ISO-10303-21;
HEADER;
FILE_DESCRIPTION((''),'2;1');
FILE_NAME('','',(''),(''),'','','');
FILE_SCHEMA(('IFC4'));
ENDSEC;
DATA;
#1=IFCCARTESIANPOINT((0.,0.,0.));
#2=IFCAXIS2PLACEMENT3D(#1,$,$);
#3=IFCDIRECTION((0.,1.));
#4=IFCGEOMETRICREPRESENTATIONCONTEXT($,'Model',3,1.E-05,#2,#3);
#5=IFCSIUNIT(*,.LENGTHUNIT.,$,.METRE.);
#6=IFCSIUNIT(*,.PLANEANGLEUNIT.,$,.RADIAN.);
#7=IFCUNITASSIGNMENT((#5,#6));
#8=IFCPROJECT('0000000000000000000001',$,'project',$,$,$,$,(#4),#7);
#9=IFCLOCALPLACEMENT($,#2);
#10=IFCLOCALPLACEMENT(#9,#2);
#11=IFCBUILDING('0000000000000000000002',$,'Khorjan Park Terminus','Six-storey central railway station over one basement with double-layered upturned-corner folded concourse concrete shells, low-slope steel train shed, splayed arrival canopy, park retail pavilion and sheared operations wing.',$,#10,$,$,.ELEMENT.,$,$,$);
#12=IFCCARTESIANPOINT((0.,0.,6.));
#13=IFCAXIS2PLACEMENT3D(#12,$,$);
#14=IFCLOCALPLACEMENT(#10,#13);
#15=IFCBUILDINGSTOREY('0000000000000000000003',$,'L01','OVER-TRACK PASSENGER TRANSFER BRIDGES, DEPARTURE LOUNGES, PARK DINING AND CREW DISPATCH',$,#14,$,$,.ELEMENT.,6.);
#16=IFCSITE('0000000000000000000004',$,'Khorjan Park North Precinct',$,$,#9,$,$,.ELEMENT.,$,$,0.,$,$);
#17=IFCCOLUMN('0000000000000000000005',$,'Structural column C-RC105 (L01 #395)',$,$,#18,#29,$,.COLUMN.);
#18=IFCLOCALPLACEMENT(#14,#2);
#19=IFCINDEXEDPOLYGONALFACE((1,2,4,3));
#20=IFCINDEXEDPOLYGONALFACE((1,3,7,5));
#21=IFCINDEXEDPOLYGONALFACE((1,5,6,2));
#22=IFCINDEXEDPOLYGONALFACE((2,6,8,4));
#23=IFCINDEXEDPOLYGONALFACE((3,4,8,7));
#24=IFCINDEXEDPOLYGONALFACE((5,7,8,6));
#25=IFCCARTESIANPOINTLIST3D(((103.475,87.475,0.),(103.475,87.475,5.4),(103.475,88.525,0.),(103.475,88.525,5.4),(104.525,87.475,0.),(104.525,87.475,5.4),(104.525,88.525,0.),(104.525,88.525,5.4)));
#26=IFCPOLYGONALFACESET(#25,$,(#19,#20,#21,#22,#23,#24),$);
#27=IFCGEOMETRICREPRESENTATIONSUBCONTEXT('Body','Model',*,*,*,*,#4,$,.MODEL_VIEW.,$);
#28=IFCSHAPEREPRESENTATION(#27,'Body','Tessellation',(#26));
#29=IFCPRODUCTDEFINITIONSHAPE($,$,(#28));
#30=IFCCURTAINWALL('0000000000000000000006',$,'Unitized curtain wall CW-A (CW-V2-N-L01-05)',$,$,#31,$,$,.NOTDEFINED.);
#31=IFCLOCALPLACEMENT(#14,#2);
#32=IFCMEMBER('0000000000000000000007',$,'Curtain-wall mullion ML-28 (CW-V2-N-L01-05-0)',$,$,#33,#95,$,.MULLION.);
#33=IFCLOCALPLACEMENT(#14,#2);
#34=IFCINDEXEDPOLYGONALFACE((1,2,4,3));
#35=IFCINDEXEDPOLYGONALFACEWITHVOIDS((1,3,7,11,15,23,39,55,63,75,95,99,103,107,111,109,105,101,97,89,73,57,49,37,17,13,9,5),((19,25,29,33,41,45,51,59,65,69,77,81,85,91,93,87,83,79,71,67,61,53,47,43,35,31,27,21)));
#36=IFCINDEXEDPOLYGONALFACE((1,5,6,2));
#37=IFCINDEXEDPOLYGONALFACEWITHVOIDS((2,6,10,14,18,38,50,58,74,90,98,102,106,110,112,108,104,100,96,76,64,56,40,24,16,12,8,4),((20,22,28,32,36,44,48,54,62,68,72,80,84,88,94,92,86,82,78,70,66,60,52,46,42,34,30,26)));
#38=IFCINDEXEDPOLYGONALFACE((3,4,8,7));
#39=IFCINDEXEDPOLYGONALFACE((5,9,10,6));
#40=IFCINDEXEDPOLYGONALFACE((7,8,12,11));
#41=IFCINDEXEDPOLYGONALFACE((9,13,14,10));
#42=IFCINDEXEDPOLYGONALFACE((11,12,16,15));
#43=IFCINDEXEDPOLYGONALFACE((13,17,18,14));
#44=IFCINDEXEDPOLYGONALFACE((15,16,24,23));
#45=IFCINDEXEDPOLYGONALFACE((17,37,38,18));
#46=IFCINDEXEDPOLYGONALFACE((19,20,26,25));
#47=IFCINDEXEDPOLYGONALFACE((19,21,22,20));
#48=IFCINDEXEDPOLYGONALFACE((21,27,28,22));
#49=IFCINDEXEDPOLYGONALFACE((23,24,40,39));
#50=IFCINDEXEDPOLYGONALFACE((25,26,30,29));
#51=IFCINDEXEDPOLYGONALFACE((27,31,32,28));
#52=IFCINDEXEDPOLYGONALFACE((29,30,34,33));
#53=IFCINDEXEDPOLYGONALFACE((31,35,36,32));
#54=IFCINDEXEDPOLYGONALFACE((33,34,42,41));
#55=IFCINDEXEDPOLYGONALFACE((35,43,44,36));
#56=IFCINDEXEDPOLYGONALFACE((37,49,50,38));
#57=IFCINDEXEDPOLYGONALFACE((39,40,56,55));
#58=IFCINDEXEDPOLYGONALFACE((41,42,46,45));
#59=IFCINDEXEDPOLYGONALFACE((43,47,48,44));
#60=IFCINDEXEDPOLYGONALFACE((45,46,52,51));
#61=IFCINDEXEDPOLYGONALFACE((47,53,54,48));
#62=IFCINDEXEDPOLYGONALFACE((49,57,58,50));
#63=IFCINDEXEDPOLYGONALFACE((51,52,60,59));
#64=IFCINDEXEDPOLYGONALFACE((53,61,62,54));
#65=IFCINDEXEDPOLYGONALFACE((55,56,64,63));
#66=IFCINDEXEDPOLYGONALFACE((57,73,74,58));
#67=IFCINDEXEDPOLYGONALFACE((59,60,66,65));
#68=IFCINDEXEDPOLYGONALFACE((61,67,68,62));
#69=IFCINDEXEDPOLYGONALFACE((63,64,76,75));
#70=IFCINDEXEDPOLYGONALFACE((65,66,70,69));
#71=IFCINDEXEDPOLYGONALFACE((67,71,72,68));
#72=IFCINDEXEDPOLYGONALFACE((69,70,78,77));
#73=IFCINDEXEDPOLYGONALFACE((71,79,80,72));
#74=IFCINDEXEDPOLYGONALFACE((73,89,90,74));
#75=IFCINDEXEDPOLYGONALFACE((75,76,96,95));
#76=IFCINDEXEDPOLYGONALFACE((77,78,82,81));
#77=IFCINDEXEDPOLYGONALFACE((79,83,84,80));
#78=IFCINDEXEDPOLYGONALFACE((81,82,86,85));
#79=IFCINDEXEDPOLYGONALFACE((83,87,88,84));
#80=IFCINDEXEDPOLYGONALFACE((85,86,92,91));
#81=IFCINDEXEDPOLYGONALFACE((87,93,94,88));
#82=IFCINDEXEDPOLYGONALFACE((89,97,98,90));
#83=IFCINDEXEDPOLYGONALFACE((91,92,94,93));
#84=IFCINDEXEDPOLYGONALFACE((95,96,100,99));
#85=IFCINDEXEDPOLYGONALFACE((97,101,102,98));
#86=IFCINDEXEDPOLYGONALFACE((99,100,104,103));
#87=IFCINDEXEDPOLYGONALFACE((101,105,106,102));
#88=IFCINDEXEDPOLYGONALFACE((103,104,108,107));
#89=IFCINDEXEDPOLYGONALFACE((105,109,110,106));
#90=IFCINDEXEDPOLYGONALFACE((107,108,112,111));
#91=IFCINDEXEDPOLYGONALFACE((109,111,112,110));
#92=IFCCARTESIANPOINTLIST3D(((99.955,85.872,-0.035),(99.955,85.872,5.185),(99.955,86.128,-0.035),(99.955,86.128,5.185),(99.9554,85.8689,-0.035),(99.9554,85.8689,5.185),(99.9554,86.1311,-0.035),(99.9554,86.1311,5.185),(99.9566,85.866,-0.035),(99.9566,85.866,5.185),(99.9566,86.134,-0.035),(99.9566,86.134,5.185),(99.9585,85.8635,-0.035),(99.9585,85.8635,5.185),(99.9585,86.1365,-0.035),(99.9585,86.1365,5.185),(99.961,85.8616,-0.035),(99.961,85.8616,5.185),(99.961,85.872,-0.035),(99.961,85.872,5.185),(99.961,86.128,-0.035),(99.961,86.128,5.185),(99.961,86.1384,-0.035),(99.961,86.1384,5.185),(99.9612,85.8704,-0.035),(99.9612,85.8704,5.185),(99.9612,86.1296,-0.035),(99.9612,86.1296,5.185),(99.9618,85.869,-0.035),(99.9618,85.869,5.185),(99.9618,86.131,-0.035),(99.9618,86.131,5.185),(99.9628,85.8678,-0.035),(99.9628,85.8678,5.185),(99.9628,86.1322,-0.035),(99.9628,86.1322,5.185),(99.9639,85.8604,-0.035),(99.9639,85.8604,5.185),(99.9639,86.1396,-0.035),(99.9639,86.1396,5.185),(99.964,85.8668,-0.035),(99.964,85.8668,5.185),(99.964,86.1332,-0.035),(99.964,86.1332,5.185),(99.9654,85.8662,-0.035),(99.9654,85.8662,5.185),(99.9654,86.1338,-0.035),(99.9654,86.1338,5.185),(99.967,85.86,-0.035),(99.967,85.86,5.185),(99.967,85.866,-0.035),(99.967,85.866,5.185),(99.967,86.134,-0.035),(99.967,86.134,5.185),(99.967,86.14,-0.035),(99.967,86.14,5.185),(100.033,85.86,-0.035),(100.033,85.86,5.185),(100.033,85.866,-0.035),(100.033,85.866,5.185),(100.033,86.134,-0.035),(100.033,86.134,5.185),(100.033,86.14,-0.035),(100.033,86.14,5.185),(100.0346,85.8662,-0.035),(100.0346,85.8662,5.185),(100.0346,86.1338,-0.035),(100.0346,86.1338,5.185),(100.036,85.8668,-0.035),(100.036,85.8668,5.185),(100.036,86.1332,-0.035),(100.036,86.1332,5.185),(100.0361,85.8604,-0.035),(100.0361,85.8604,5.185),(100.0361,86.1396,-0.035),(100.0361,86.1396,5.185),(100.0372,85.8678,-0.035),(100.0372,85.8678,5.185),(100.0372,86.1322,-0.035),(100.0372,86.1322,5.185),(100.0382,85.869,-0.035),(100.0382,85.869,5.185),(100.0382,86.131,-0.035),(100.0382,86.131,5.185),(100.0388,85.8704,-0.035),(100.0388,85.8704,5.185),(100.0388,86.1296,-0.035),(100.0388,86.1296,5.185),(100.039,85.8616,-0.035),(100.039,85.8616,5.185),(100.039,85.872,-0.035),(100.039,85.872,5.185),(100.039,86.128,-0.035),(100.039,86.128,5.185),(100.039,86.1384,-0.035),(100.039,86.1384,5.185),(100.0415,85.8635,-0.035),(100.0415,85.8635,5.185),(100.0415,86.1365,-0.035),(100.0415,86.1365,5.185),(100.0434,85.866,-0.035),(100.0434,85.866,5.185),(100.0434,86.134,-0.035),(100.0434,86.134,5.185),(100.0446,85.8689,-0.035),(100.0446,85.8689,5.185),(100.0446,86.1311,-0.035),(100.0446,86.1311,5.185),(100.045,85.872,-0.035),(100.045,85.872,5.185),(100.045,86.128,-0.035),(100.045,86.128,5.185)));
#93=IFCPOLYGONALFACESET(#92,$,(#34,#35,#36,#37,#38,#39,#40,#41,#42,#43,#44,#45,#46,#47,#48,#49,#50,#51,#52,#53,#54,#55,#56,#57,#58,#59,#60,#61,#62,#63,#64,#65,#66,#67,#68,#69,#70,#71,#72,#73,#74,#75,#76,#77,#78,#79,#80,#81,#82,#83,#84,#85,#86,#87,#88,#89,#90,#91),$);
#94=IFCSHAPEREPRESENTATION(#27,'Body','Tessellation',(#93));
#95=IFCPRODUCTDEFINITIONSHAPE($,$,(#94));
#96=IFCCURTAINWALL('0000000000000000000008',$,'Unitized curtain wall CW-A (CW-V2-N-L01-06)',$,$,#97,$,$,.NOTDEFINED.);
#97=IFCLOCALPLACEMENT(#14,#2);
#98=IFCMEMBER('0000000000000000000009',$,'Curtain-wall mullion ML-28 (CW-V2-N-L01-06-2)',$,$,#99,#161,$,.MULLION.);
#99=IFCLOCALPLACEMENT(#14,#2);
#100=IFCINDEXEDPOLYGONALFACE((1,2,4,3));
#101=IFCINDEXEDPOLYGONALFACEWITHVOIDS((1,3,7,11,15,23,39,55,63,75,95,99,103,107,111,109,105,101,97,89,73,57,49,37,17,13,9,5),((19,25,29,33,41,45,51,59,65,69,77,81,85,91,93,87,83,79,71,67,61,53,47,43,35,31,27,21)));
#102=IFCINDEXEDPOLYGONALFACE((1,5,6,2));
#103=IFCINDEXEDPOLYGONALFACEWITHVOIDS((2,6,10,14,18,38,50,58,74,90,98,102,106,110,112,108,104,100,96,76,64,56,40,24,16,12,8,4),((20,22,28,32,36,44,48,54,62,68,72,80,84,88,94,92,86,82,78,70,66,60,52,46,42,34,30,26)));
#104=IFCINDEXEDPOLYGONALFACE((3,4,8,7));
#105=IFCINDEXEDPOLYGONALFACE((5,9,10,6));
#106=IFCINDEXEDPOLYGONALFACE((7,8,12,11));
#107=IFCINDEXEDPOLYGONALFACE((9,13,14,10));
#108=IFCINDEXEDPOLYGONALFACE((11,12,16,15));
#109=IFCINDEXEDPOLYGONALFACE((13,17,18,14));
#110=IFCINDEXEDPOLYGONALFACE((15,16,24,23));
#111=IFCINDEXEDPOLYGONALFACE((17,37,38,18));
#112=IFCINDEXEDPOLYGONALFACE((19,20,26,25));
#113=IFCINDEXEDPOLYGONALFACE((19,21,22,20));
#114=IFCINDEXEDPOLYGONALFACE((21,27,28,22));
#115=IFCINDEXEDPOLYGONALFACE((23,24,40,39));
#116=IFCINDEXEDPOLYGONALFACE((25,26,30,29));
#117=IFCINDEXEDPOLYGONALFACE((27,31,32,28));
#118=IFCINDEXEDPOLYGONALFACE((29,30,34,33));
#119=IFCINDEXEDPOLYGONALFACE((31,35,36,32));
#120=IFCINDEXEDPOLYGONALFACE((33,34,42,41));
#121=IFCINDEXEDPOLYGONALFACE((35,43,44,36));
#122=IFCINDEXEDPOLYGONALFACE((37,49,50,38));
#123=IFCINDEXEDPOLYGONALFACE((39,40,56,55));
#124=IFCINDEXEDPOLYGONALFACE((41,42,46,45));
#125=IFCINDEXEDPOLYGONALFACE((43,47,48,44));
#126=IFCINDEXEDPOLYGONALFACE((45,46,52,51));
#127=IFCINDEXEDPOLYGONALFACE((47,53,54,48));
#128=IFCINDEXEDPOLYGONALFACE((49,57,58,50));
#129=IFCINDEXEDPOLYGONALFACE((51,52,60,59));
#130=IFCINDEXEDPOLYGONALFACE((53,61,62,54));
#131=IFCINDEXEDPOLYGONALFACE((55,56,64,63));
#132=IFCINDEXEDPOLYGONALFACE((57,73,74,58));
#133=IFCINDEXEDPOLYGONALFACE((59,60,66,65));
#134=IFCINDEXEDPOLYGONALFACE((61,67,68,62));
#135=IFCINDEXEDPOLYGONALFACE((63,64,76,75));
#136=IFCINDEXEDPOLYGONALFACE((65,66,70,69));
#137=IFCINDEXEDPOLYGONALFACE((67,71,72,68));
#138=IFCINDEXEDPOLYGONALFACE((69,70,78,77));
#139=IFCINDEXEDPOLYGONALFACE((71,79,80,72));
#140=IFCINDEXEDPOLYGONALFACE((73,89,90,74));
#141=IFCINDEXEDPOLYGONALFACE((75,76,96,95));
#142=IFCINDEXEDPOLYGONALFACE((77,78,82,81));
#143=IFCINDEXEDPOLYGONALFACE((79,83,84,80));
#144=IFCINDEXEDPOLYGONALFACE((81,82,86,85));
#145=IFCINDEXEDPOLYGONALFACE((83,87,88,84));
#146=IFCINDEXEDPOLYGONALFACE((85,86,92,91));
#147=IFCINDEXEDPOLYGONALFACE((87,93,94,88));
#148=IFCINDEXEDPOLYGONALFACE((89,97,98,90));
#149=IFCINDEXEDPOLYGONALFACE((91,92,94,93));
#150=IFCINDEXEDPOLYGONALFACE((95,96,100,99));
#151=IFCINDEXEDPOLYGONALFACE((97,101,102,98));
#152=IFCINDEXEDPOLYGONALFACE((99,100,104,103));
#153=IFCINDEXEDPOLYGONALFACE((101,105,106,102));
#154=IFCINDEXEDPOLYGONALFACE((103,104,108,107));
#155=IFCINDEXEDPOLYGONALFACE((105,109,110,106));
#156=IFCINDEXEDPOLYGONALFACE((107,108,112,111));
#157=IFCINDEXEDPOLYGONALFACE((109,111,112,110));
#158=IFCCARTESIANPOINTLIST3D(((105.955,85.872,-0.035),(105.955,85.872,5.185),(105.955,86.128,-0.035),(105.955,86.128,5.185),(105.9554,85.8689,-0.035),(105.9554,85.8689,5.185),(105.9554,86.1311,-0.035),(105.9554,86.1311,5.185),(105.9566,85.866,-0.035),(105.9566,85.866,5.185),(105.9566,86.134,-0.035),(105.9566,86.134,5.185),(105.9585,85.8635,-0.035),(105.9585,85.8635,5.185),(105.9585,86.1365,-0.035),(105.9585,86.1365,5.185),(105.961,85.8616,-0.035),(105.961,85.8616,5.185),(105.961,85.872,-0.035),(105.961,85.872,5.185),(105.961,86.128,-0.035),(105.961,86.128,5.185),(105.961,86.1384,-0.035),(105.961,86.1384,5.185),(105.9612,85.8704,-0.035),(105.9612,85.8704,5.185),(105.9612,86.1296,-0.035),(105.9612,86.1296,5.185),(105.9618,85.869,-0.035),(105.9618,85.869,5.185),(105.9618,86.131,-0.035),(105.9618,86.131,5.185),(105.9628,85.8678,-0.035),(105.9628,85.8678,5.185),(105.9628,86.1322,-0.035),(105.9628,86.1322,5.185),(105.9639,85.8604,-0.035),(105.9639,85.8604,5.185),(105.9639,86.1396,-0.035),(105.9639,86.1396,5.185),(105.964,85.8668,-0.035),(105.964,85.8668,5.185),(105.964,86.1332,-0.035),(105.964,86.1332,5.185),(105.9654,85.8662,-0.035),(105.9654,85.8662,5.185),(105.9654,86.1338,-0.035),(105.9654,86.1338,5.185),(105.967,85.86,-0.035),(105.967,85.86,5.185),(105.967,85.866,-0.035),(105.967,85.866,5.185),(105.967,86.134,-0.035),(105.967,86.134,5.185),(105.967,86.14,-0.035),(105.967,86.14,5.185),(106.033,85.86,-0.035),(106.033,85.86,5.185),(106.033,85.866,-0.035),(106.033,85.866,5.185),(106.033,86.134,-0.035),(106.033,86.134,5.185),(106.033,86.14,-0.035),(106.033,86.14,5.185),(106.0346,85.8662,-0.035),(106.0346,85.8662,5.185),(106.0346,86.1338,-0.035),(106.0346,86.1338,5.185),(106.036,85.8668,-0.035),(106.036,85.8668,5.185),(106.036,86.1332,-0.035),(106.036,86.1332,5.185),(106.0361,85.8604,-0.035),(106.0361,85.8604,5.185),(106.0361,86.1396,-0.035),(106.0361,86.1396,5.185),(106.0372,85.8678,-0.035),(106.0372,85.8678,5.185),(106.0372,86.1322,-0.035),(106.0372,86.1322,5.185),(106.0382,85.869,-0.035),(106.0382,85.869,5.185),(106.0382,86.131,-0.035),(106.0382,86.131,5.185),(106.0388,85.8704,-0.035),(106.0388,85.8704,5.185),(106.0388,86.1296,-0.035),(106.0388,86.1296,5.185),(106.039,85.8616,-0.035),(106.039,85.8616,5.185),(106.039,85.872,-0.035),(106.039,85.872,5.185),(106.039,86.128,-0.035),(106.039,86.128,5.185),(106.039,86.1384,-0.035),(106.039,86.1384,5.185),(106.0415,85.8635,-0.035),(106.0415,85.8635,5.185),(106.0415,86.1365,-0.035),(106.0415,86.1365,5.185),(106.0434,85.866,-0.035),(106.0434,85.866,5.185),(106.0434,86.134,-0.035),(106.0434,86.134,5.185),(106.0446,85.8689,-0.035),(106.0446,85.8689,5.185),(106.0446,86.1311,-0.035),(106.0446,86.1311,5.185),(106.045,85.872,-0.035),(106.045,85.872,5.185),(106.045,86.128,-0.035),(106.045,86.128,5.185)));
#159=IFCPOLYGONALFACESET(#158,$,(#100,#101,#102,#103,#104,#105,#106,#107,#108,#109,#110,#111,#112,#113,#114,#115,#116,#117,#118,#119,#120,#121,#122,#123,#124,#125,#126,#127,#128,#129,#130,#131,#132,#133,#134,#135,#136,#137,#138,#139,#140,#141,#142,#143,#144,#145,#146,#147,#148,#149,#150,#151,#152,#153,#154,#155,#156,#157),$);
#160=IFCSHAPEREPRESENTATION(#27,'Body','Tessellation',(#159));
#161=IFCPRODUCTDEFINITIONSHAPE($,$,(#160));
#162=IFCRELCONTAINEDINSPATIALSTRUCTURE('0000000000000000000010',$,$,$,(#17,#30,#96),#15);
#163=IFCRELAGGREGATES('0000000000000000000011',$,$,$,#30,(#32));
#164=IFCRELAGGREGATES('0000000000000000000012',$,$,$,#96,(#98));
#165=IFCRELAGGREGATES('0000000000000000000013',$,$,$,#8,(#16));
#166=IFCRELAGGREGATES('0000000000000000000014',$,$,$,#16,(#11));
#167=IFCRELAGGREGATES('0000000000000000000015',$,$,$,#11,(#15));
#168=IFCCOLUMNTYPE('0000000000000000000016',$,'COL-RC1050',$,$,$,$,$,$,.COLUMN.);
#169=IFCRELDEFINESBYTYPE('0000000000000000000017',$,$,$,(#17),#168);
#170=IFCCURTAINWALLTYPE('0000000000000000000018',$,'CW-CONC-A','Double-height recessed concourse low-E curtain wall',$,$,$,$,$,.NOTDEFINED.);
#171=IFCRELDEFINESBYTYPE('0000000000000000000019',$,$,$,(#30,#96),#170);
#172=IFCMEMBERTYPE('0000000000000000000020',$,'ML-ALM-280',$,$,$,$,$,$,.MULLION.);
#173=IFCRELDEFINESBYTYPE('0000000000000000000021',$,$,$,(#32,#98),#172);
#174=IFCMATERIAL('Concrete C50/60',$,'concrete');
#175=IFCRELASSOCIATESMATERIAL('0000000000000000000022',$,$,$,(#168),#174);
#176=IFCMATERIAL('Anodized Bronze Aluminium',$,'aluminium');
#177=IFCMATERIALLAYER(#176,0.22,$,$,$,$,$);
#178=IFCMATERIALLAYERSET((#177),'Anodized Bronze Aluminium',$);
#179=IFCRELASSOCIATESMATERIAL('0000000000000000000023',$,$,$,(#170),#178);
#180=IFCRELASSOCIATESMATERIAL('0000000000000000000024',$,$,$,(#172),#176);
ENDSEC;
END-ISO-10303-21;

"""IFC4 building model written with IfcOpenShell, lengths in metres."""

from ifc_helpers import new_model, si_unit, direction, frame, origin, origin_2d, place, context, subcontext, project, spatial, rectangle, hollow_rectangle, extrude, material, layer, layer_set, material_profile, profile_set, type_object, element, aggregate, save


model = new_model("IFC4")

# Units and contexts
model_context = context("Model", 3, precision=1e-05, world=origin(), true_north=direction((0.0, 1.0)))
body_context = subcontext(model_context, "Body", "Model", "MODEL_VIEW")
ifc_project = project(units=[si_unit("LENGTHUNIT", "METRE"), si_unit("PLANEANGLEUNIT", "RADIAN")], contexts=[model_context])

# Site, building, storey
site_placement = place(None, origin())
site = spatial("IfcSite", under=ifc_project, at=site_placement, Name="Khorjan Park North Precinct", CompositionType="ELEMENT", RefElevation=0.0)
building_placement = place(site_placement, origin())
building = spatial("IfcBuilding", under=site, at=building_placement, Name="Khorjan Park Terminus", Description="Six-storey central railway station over one basement with double-layered upturned-corner folded concourse concrete shells, low-slope steel train shed, splayed arrival canopy, park retail pavilion and sheared operations wing.", CompositionType="ELEMENT")
storey_placement = place(building_placement, frame((0.0, 0.0, 6.0)))
storey = spatial("IfcBuildingStorey", under=building, at=storey_placement, Name="L01", Description="OVER-TRACK PASSENGER TRANSFER BRIDGES, DEPARTURE LOUNGES, PARK DINING AND CREW DISPATCH", CompositionType="ELEMENT", Elevation=6.0)

# Column
ifc_material_1 = material(Name="Concrete C50/60", Category="concrete")
ifc_material_profile_1 = material_profile(ifc_material_1, rectangle(XDim=1.05, YDim=1.05, at=origin_2d()), Name="RC 1050x1050")
ifc_profile_set_1 = profile_set([ifc_material_profile_1], Name="Concrete C50/60")
column_type = type_object("IfcColumnType", Name="COL-RC1050", PredefinedType="COLUMN", material=ifc_profile_set_1)
column_placement = place(storey_placement, frame((104.0, 88.0, 0.0), z_axis=(0.0, 0.0, 1.0), x_axis=(1.0, 0.0, 0.0)))
element("IfcColumn", 1, at=column_placement, inside=storey, type_object=column_type, Name="Structural column C-RC105 (L01 #395)", PredefinedType="COLUMN", context=body_context, shape_type="SweptSolid", body=[
    extrude(rectangle(XDim=1.05, YDim=1.05, at=origin_2d()), origin(), (0.0, 0.0, 1.0), 5.4),
])

# Curtain wall, member
ifc_material_2 = material(Name="Anodized Bronze Aluminium", Category="aluminium")
ifc_layer_1 = layer(ifc_material_2, 0.22)
ifc_layer_set_1 = layer_set([ifc_layer_1], Name="Anodized Bronze Aluminium")
curtain_wall_type = type_object("IfcCurtainWallType", Name="CW-CONC-A", Description="Double-height recessed concourse low-E curtain wall", PredefinedType="NOTDEFINED", material=ifc_layer_set_1)
curtain_wall_1_placement = place(storey_placement, origin())
curtain_wall_1 = element("IfcCurtainWall", 2, at=curtain_wall_1_placement, inside=storey, type_object=curtain_wall_type, Name="Unitized curtain wall CW-A (CW-V2-N-L01-05)", PredefinedType="NOTDEFINED")
ifc_material_profile_2 = material_profile(ifc_material_2, hollow_rectangle(XDim=0.09, YDim=0.28, WallThickness=0.006, InnerFilletRadius=0.006, OuterFilletRadius=0.012, at=origin_2d()), Name="ALM 90x280x6")
ifc_profile_set_2 = profile_set([ifc_material_profile_2], Name="Anodized Bronze Aluminium")
member_type_1 = type_object("IfcMemberType", Name="ML-ALM-280", PredefinedType="MULLION", material=ifc_profile_set_2)
member_1_placement = place(storey_placement, frame((100.0, 86.0, -0.035), z_axis=(0.0, 0.0, 1.0), x_axis=(-1.0, 0.0, 0.0)))
member_1 = element("IfcMember", 3, at=member_1_placement, type_object=member_type_1, Name="Curtain-wall mullion ML-28 (CW-V2-N-L01-05-0)", PredefinedType="MULLION", context=body_context, shape_type="SweptSolid", body=[
    extrude(hollow_rectangle(XDim=0.09, YDim=0.28, WallThickness=0.006, InnerFilletRadius=0.006, OuterFilletRadius=0.012, at=origin_2d()), origin(), (0.0, 0.0, 1.0), 5.22),
])

# Curtain wall, member
curtain_wall_2_placement = place(storey_placement, origin())
curtain_wall_2 = element("IfcCurtainWall", 4, at=curtain_wall_2_placement, inside=storey, type_object=curtain_wall_type, Name="Unitized curtain wall CW-A (CW-V2-N-L01-06)", PredefinedType="NOTDEFINED")
member_2_placement = place(storey_placement, frame((106.0, 86.0, -0.035), z_axis=(0.0, 0.0, 1.0), x_axis=(-1.0, 0.0, 0.0)))
member_2 = element("IfcMember", 5, at=member_2_placement, type_object=member_type_1, Name="Curtain-wall mullion ML-28 (CW-V2-N-L01-06-2)", PredefinedType="MULLION", context=body_context, shape_type="SweptSolid", body=[
    extrude(hollow_rectangle(XDim=0.09, YDim=0.28, WallThickness=0.006, InnerFilletRadius=0.006, OuterFilletRadius=0.012, at=origin_2d()), origin(), (0.0, 0.0, 1.0), 5.22),
])

aggregate(curtain_wall_1, [member_1])
aggregate(curtain_wall_2, [member_2])

save(model, "model.ifc")
